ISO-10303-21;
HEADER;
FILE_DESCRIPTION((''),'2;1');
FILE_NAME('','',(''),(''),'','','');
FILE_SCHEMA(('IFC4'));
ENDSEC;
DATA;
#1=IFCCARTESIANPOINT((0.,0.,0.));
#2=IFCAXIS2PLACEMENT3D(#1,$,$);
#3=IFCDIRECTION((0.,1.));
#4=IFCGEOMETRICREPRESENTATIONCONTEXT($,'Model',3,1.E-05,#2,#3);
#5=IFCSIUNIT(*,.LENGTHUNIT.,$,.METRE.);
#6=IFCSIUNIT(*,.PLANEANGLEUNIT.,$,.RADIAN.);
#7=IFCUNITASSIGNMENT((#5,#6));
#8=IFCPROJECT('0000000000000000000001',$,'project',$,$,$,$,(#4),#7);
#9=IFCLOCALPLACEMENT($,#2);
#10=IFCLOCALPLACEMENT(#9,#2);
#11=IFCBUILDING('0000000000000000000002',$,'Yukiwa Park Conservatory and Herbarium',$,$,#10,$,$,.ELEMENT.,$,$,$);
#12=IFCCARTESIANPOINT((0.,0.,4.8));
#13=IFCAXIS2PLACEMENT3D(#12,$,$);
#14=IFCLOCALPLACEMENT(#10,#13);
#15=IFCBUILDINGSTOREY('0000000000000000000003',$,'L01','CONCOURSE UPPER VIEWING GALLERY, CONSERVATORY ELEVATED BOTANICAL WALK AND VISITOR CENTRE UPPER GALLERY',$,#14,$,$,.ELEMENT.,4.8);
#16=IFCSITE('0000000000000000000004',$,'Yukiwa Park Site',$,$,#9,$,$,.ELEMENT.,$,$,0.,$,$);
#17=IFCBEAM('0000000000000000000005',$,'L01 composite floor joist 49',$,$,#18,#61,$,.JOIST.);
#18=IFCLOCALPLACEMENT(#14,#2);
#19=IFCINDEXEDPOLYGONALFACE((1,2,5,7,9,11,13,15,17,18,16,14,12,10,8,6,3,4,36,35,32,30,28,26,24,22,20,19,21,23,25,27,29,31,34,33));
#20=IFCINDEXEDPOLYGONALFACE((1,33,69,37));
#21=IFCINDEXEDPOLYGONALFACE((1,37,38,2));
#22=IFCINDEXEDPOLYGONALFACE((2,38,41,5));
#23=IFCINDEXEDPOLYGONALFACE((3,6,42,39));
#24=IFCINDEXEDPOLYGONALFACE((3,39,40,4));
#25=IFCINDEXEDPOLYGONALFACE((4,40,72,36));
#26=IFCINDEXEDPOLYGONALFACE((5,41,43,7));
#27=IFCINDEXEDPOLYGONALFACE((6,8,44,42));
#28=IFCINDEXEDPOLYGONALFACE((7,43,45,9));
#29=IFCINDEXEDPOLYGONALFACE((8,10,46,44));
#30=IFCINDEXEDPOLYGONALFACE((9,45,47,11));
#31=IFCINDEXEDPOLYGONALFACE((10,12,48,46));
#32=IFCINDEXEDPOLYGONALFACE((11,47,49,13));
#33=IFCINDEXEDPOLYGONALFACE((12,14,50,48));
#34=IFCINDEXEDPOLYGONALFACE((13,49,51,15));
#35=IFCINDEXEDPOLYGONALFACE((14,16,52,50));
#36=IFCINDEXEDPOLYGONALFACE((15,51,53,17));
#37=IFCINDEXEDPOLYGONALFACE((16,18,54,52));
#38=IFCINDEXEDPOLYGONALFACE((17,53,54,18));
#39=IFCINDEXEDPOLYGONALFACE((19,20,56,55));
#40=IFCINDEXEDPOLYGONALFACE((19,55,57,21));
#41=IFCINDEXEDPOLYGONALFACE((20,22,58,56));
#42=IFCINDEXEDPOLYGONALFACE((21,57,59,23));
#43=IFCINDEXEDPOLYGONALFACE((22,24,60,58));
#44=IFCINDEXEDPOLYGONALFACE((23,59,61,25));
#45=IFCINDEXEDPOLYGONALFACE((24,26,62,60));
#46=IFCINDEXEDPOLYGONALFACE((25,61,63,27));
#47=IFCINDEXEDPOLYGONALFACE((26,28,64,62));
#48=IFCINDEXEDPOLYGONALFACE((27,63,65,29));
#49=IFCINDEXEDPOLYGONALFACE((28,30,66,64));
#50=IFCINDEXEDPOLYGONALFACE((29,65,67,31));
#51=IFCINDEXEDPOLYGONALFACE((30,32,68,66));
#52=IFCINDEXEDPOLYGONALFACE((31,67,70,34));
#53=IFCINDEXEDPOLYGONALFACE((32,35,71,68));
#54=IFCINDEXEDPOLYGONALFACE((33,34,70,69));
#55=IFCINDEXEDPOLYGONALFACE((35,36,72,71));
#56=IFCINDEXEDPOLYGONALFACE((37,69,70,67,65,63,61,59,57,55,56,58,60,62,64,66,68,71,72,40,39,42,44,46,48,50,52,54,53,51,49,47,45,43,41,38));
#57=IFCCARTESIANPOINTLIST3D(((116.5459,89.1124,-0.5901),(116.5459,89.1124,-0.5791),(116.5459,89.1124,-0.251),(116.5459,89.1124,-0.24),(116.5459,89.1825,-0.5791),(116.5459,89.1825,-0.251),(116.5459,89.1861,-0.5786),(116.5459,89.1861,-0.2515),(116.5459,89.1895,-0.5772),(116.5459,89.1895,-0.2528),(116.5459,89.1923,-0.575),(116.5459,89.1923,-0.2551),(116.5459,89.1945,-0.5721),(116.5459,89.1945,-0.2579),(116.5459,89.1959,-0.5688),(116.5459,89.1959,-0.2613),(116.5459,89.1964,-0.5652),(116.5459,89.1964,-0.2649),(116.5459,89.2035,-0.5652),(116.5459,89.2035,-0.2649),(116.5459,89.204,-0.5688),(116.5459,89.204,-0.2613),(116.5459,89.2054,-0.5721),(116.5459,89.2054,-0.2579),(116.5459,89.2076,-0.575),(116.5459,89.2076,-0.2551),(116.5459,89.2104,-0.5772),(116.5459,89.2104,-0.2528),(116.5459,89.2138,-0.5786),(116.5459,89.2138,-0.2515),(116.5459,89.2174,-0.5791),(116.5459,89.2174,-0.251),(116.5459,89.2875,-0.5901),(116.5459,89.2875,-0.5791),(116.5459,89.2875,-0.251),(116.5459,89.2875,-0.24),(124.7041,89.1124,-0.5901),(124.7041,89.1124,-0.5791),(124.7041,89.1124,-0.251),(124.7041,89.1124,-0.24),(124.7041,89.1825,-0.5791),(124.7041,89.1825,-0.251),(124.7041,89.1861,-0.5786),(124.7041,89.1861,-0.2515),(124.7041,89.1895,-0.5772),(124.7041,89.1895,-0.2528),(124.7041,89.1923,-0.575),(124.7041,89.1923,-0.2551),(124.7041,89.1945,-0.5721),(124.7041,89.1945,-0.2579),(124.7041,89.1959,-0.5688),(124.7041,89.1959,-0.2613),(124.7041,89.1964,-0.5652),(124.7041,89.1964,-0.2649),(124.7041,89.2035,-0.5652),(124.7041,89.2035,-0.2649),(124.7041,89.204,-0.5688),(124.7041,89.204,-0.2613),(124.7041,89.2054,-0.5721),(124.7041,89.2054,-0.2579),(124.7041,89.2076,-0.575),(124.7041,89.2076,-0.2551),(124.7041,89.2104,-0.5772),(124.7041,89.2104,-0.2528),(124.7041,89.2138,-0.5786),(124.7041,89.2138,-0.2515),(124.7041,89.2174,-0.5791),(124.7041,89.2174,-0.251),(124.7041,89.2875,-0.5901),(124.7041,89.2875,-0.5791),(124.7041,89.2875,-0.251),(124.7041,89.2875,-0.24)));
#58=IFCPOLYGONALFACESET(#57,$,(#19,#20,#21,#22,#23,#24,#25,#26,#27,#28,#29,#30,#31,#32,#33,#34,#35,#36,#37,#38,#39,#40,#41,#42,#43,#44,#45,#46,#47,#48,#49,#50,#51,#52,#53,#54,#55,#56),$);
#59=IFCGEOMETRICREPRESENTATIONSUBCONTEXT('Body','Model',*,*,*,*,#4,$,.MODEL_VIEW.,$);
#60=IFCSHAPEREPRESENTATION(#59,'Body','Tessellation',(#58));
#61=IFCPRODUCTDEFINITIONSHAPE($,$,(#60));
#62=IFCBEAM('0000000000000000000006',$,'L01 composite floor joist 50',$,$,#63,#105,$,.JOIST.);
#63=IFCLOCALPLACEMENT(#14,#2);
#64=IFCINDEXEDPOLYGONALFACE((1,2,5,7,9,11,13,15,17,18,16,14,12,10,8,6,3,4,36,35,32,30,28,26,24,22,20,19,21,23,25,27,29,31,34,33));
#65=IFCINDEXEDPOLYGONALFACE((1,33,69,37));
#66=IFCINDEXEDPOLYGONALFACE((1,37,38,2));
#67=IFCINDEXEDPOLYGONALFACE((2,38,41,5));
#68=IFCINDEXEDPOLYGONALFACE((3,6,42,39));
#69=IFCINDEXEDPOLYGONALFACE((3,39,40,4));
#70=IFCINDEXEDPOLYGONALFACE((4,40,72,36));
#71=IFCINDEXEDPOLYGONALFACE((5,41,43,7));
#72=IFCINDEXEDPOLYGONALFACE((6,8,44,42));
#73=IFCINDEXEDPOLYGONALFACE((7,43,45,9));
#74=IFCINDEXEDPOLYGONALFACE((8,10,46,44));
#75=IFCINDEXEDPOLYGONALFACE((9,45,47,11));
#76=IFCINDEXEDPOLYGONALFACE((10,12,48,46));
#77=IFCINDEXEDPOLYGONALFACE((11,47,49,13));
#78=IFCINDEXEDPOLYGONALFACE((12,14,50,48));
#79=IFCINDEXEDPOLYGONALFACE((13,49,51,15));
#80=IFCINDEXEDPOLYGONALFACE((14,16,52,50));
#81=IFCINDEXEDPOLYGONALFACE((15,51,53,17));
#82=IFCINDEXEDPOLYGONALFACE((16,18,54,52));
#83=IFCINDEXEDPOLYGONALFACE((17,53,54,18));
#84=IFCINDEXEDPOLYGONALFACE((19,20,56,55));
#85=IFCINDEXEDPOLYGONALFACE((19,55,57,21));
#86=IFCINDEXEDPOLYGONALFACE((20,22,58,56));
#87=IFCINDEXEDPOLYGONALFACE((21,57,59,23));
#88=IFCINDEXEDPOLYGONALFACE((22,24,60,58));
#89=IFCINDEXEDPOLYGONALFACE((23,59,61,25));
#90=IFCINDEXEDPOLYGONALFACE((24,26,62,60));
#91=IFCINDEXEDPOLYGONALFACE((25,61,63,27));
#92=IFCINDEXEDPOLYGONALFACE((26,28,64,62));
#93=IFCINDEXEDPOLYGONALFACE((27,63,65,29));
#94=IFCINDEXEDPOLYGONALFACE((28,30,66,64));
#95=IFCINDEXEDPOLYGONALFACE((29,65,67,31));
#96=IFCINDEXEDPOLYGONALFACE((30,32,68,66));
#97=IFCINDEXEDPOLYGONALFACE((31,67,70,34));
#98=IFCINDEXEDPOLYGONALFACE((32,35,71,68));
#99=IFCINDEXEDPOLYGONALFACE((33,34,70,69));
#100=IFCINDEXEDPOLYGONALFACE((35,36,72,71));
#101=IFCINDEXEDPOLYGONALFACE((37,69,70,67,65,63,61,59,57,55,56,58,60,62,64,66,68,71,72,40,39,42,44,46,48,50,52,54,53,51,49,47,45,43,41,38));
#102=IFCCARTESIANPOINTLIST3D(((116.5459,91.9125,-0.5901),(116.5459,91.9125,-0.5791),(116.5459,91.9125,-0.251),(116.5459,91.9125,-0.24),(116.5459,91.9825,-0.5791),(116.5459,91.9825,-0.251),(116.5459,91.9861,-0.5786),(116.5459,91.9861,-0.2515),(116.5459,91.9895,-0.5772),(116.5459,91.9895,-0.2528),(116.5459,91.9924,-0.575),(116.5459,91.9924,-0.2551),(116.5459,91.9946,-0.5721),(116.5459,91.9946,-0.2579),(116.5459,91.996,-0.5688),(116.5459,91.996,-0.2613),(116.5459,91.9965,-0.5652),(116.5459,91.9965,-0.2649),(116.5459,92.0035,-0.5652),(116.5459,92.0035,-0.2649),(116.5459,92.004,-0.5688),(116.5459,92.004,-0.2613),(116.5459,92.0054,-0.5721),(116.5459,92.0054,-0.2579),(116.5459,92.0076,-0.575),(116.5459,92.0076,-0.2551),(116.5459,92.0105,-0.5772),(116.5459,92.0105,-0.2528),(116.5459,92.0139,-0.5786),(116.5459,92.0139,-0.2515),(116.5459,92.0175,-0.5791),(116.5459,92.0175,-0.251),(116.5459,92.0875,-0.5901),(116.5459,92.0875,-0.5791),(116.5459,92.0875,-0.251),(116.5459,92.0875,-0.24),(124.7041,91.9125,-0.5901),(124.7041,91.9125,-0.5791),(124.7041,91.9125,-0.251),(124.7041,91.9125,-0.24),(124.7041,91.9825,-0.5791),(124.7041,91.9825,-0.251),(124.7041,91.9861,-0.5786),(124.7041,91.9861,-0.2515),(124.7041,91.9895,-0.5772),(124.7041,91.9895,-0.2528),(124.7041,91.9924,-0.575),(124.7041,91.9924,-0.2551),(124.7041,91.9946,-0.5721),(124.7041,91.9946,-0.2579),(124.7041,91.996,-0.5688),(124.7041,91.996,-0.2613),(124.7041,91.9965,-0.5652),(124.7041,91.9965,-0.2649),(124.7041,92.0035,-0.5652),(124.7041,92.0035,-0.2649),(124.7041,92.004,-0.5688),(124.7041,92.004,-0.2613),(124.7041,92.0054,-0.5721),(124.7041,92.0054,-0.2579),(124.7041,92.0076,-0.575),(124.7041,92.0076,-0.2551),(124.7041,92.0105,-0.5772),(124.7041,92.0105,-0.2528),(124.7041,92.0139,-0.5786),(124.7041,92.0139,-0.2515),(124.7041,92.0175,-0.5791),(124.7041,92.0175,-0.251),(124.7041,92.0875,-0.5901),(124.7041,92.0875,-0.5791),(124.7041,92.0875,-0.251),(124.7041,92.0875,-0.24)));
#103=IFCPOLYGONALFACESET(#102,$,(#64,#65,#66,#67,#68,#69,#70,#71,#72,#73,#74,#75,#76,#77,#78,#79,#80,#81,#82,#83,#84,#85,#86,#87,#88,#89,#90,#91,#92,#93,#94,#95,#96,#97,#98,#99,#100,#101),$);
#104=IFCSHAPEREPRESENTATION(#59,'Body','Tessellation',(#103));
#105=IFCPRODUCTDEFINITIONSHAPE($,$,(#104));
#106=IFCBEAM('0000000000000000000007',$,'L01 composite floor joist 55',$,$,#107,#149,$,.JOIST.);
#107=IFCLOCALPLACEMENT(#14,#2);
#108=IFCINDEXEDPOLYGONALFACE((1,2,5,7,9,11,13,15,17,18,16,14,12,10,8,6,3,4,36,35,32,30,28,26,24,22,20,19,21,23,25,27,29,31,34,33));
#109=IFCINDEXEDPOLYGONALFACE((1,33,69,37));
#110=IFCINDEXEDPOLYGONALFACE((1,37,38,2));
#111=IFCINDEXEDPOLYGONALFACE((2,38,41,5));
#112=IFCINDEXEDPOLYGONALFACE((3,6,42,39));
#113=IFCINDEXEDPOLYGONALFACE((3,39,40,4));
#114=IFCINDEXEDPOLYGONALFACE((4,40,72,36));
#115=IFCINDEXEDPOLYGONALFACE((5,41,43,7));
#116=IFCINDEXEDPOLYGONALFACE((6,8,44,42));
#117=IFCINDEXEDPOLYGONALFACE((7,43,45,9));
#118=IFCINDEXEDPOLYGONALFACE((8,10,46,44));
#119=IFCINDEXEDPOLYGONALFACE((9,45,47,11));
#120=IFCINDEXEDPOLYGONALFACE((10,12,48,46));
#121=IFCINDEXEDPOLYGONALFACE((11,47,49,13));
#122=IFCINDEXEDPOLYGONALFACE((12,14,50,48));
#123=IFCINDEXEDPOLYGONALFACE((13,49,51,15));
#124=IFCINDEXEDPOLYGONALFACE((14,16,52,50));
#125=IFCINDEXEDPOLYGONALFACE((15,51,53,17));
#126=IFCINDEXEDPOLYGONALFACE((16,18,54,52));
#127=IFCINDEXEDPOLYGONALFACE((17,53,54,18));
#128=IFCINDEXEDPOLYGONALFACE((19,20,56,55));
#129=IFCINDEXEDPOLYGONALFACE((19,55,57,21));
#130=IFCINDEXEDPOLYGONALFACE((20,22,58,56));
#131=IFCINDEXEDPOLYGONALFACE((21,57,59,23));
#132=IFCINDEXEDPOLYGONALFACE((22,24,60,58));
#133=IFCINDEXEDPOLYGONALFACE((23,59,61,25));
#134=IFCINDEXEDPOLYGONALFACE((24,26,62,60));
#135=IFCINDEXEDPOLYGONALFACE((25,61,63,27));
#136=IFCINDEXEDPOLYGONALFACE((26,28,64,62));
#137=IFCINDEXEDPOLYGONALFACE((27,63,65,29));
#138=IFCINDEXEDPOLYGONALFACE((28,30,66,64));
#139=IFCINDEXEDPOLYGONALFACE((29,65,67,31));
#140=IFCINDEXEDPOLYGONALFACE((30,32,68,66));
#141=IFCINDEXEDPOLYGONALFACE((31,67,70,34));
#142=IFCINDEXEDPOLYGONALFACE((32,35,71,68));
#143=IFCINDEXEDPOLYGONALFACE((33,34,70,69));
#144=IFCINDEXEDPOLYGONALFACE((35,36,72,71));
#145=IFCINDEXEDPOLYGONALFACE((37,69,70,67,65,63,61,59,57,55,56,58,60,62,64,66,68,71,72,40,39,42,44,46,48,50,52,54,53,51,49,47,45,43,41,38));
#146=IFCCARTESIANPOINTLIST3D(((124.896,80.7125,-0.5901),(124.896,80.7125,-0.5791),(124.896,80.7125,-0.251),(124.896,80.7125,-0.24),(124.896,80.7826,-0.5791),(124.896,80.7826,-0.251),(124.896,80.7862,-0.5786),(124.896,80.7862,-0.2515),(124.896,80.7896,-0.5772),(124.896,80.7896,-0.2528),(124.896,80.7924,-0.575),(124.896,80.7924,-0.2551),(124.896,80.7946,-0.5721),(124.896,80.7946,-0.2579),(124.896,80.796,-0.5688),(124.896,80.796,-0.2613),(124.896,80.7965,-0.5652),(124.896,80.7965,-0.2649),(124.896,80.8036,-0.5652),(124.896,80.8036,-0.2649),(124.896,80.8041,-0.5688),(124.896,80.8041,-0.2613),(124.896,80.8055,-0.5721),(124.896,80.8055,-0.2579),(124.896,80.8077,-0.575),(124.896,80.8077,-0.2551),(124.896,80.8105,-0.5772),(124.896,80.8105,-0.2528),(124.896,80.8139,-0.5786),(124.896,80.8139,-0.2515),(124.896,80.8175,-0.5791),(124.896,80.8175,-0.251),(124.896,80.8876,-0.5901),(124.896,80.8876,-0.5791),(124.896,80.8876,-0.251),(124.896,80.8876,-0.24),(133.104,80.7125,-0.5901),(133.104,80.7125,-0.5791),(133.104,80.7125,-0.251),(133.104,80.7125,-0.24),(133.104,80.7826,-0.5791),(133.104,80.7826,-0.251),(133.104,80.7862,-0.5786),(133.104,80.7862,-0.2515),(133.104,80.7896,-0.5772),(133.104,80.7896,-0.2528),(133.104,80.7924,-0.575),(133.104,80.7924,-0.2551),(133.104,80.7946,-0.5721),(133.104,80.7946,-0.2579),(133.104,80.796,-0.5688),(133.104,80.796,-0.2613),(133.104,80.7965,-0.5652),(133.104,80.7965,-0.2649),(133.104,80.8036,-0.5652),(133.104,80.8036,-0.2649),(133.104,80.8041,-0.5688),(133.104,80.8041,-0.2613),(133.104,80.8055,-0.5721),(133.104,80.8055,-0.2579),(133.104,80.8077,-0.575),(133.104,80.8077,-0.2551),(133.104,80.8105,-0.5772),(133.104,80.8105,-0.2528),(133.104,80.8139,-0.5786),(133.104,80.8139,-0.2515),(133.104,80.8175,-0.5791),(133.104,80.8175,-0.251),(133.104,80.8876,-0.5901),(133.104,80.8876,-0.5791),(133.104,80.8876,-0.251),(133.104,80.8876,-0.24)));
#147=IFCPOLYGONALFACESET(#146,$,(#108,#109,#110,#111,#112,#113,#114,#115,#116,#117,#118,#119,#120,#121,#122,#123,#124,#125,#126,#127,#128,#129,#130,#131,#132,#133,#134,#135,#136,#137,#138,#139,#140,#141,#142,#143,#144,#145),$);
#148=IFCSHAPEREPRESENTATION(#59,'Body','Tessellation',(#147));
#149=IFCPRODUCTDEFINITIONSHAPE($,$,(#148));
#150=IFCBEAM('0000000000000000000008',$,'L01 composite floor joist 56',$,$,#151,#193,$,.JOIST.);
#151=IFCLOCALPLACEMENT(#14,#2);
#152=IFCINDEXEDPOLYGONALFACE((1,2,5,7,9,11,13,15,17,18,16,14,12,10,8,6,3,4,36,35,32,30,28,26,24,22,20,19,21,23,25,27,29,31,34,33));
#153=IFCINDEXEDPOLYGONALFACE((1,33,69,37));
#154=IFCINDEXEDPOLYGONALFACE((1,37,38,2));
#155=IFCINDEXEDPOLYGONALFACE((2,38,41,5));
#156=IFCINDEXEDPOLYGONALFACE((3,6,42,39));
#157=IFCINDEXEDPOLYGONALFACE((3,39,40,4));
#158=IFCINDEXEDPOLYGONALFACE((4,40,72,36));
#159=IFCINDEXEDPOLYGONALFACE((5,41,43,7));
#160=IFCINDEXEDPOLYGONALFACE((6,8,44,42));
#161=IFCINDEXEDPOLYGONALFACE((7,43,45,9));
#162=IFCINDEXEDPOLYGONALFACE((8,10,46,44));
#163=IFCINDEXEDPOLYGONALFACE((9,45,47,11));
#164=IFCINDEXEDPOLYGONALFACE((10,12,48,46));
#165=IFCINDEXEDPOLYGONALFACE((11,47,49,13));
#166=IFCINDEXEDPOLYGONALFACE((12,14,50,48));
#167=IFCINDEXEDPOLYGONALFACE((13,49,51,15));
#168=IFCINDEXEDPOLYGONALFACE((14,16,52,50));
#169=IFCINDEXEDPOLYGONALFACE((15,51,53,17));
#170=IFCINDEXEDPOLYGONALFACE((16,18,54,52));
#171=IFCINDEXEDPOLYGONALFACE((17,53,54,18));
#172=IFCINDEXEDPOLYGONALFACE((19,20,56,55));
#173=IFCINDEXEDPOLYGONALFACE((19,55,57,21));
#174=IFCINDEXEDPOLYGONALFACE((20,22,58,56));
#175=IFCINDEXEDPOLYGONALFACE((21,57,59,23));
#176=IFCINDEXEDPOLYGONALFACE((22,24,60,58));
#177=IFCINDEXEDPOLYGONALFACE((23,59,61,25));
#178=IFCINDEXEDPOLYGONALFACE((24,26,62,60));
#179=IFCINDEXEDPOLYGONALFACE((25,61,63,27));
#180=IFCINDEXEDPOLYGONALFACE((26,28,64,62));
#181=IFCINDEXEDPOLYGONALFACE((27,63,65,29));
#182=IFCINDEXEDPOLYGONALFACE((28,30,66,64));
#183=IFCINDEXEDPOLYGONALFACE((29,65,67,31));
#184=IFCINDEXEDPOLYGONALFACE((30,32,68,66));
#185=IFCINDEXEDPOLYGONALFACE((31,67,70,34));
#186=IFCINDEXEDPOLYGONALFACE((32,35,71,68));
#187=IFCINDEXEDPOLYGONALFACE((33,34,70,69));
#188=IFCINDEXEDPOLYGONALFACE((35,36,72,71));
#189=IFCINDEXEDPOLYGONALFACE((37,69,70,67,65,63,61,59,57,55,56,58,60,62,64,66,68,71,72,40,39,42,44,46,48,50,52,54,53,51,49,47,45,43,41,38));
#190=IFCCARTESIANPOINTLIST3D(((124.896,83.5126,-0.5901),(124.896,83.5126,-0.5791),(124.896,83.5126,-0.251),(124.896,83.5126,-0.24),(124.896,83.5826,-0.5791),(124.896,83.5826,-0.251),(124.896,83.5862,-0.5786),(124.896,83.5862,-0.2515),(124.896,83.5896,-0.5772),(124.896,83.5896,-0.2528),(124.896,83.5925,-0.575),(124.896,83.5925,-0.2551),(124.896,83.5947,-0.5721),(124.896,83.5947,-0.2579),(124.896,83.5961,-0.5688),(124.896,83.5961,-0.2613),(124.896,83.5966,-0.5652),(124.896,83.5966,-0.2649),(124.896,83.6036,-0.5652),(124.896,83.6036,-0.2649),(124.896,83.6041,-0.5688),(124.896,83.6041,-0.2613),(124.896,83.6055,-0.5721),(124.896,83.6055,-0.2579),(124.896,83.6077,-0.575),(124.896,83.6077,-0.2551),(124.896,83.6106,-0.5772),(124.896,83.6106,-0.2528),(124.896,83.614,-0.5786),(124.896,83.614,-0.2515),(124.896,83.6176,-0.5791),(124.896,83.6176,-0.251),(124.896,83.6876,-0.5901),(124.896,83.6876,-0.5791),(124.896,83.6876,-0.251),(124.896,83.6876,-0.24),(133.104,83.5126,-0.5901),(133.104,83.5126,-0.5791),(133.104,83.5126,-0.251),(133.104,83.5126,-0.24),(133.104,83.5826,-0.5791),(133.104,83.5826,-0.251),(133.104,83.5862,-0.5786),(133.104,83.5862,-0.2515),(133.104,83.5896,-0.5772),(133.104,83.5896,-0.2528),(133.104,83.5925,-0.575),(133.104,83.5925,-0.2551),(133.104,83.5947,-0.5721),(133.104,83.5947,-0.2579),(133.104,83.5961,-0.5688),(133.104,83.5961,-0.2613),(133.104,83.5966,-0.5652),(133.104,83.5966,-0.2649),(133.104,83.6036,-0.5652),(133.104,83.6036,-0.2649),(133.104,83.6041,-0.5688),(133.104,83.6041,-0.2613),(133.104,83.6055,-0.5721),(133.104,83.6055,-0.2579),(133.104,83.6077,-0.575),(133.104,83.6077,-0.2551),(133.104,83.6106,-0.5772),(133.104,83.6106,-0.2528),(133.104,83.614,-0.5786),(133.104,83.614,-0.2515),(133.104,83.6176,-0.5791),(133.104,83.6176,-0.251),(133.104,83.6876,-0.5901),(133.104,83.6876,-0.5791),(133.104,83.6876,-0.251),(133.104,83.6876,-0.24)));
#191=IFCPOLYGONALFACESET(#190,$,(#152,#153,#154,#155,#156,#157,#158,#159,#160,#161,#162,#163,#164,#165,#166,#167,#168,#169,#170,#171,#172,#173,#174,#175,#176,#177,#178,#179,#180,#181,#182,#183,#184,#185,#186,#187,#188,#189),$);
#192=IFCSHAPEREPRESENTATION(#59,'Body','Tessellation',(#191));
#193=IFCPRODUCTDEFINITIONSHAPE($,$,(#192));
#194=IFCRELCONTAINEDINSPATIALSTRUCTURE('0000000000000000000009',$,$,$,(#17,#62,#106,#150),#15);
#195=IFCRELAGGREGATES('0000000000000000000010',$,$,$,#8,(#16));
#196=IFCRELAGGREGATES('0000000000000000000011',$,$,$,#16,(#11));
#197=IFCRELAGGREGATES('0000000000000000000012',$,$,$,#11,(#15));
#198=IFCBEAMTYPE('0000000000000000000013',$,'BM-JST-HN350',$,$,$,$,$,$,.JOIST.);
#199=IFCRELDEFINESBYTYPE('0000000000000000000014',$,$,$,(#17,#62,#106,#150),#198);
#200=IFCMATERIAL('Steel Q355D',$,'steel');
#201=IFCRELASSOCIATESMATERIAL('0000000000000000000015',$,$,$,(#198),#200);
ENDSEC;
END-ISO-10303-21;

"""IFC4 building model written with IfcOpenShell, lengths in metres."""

from ifc_helpers import new_model, si_unit, direction, frame, origin, origin_2d, place, context, subcontext, project, spatial, i_section, extrude, material, material_profile, profile_set, type_object, element, save


model = new_model("IFC4")

# Units and contexts
model_context = context("Model", 3, precision=1e-05, world=origin(), true_north=direction((0.0, 1.0)))
body_context = subcontext(model_context, "Body", "Model", "MODEL_VIEW")
ifc_project = project(units=[si_unit("LENGTHUNIT", "METRE"), si_unit("PLANEANGLEUNIT", "RADIAN")], contexts=[model_context])

# Site, building, storey
site_placement = place(None, origin())
site = spatial("IfcSite", under=ifc_project, at=site_placement, Name="Yukiwa Park Site", CompositionType="ELEMENT", RefElevation=0.0)
building_placement = place(site_placement, origin())
building = spatial("IfcBuilding", under=site, at=building_placement, Name="Yukiwa Park Conservatory and Herbarium", CompositionType="ELEMENT")
storey_placement = place(building_placement, frame((0.0, 0.0, 4.8)))
storey = spatial("IfcBuildingStorey", under=building, at=storey_placement, Name="L01", Description="CONCOURSE UPPER VIEWING GALLERY, CONSERVATORY ELEVATED BOTANICAL WALK AND VISITOR CENTRE UPPER GALLERY", CompositionType="ELEMENT", Elevation=4.8)

# Beams
ifc_material_1 = material(Name="Steel Q355D", Category="steel")
ifc_material_profile_1 = material_profile(ifc_material_1, i_section(OverallWidth=0.175, OverallDepth=0.3501, WebThickness=0.0071, FlangeThickness=0.011, FilletRadius=0.0139, at=origin_2d()), Name="HN 350x175x7x11")
ifc_profile_set_1 = profile_set([ifc_material_profile_1], Name="Steel Q355D")
beam_type_1 = type_object("IfcBeamType", Name="BM-JST-HN350", PredefinedType="JOIST", material=ifc_profile_set_1)
for number, where, z_axis, x_axis, name in (
    (1, (116.5459, 89.2, -0.415), (1.0, 0.0, 0.0), (0.0, 1.0, 0.0), "L01 composite floor joist 49"),
    (2, (116.5459, 92.0, -0.415), (1.0, 0.0, 0.0), (0.0, 1.0, 0.0), "L01 composite floor joist 50"),
):
    element("IfcBeam", number, at=place(storey_placement, frame(where, z_axis=z_axis, x_axis=x_axis)), inside=storey, type_object=beam_type_1, Name=name, PredefinedType="JOIST", context=body_context, shape_type="SweptSolid", body=[
        extrude(i_section(OverallWidth=0.175, OverallDepth=0.3501, WebThickness=0.0071, FlangeThickness=0.011, FilletRadius=0.0139, at=origin_2d()), origin(), (0.0, 0.0, 1.0), 8.1582),
    ])
for number, where, z_axis, x_axis, name in (
    (3, (124.896, 80.8, -0.415), (1.0, 0.0, 0.0), (0.0, 1.0, 0.0), "L01 composite floor joist 55"),
    (4, (124.896, 83.6001, -0.415), (1.0, 0.0, 0.0), (0.0, 1.0, 0.0), "L01 composite floor joist 56"),
):
    element("IfcBeam", number, at=place(storey_placement, frame(where, z_axis=z_axis, x_axis=x_axis)), inside=storey, type_object=beam_type_1, Name=name, PredefinedType="JOIST", context=body_context, shape_type="SweptSolid", body=[
        extrude(i_section(OverallWidth=0.175, OverallDepth=0.3501, WebThickness=0.0071, FlangeThickness=0.011, FilletRadius=0.0139, at=origin_2d()), origin(), (0.0, 0.0, 1.0), 8.208),
    ])

save(model, "model.ifc")
